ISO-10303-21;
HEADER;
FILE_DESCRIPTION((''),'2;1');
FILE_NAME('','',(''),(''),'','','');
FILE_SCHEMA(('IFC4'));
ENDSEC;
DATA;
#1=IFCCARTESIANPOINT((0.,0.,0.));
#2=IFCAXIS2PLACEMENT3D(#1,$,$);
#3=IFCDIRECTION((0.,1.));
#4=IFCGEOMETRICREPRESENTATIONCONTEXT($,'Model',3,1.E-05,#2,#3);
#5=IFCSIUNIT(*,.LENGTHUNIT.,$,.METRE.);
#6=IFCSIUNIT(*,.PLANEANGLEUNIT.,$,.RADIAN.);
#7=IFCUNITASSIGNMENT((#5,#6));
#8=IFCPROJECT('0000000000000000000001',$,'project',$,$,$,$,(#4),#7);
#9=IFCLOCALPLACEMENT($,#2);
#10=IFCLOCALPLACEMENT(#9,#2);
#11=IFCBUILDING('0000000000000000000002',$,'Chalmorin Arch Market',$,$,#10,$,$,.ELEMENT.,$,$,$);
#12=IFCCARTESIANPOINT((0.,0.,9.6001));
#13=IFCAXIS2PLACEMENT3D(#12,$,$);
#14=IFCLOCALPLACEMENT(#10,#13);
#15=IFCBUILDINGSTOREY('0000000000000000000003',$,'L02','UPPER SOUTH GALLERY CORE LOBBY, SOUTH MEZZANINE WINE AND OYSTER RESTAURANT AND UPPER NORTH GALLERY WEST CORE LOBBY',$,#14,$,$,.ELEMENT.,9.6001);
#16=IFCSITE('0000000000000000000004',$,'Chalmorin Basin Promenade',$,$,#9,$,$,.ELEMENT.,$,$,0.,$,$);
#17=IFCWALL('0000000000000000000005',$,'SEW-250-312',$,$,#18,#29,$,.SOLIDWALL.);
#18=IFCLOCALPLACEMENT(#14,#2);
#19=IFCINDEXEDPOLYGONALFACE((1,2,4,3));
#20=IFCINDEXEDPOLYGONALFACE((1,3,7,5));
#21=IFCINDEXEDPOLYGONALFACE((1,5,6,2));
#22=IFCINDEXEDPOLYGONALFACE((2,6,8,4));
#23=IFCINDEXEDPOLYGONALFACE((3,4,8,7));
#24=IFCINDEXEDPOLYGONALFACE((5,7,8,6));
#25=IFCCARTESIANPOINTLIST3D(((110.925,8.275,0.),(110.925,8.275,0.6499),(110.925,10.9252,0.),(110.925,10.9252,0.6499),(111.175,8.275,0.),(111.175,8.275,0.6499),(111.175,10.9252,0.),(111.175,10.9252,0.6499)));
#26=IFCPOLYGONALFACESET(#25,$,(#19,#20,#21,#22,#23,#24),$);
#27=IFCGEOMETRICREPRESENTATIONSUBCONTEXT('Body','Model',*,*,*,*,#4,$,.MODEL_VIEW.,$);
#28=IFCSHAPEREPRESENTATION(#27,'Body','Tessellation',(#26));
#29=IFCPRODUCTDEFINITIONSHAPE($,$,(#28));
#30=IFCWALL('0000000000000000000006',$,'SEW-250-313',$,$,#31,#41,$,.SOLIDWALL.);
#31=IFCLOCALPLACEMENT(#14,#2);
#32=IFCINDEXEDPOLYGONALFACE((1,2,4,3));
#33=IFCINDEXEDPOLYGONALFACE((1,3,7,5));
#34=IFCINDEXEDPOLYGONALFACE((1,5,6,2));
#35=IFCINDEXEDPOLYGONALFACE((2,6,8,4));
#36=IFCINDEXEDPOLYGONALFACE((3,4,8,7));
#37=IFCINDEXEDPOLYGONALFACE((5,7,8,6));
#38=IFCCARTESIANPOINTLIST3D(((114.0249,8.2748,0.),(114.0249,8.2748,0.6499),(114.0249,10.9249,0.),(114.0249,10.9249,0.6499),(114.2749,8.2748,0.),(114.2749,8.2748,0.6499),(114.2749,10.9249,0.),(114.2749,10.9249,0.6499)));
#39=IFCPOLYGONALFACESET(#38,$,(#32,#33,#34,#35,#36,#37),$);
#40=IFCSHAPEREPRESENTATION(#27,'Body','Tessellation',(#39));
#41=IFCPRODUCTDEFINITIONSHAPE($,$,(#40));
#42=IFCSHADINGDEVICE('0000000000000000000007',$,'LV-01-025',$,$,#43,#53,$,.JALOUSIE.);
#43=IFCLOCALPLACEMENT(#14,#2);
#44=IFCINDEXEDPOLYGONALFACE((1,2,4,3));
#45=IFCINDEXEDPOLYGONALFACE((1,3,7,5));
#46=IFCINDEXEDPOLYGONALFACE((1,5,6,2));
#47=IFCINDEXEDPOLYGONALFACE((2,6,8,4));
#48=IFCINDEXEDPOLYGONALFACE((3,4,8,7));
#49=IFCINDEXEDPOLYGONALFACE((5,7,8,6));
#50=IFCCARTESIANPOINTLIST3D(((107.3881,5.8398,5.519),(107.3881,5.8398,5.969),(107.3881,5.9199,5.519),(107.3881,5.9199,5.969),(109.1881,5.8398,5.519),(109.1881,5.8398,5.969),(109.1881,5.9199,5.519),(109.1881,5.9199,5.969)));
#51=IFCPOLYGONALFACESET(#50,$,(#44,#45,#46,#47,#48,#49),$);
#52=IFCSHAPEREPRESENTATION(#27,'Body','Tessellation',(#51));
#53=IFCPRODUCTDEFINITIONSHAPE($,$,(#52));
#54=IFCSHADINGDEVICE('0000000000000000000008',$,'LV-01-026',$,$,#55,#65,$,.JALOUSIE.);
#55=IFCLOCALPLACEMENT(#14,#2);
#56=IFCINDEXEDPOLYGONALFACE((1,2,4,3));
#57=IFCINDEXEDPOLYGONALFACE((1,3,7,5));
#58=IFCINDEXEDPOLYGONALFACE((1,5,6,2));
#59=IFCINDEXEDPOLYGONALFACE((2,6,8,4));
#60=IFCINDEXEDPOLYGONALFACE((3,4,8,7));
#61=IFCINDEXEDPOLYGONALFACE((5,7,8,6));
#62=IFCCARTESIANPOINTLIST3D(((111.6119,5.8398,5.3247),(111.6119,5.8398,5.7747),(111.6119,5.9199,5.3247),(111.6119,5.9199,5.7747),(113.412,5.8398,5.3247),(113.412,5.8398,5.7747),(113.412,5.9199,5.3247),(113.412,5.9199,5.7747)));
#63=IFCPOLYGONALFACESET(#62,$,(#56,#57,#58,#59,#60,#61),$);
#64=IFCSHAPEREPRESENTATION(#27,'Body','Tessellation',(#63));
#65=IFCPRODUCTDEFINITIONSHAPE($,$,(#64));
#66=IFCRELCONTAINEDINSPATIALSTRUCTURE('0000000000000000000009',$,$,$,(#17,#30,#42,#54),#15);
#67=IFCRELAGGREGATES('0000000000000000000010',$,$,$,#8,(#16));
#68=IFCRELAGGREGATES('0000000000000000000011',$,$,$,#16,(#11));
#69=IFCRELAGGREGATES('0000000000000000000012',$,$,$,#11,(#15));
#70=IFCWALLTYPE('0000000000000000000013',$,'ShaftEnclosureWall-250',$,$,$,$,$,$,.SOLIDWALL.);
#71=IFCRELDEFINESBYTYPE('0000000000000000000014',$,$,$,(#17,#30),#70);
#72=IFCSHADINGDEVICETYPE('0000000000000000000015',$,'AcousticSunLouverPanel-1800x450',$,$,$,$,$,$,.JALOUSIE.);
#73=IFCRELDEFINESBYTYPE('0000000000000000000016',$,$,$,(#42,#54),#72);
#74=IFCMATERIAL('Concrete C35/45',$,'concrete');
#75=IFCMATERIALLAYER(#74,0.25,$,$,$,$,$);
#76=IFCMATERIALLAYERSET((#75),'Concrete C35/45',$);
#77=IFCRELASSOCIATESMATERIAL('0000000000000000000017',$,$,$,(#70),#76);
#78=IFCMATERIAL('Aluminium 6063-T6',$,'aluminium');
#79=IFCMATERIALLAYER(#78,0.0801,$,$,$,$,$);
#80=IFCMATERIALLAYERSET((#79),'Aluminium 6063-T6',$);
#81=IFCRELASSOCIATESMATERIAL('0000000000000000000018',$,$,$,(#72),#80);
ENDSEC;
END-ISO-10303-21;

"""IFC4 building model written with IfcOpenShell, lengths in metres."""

from ifc_helpers import new_model, si_unit, direction, frame, frame_2d, origin, origin_2d, place, context, subcontext, project, spatial, rectangle, extrude, material, layer, layer_set, type_object, element, save


model = new_model("IFC4")

# Units and contexts
model_context = context("Model", 3, precision=1e-05, world=origin(), true_north=direction((0.0, 1.0)))
body_context = subcontext(model_context, "Body", "Model", "MODEL_VIEW")
ifc_project = project(units=[si_unit("LENGTHUNIT", "METRE"), si_unit("PLANEANGLEUNIT", "RADIAN")], contexts=[model_context])

# Site, building, storey
site_placement = place(None, origin())
site = spatial("IfcSite", under=ifc_project, at=site_placement, Name="Chalmorin Basin Promenade", CompositionType="ELEMENT", RefElevation=0.0)
building_placement = place(site_placement, origin())
building = spatial("IfcBuilding", under=site, at=building_placement, Name="Chalmorin Arch Market", CompositionType="ELEMENT")
storey_placement = place(building_placement, frame((0.0, 0.0, 9.6001)))
storey = spatial("IfcBuildingStorey", under=building, at=storey_placement, Name="L02", Description="UPPER SOUTH GALLERY CORE LOBBY, SOUTH MEZZANINE WINE AND OYSTER RESTAURANT AND UPPER NORTH GALLERY WEST CORE LOBBY", CompositionType="ELEMENT", Elevation=9.6001)

# Shared definitions
ifc_material_1 = material(Name="Aluminium 6063-T6", Category="aluminium")

# Walls
ifc_material_2 = material(Name="Concrete C35/45", Category="concrete")
ifc_layer_1 = layer(ifc_material_2, 0.25)
ifc_layer_set_1 = layer_set([ifc_layer_1], Name="Concrete C35/45")
wall_type_1 = type_object("IfcWallType", Name="ShaftEnclosureWall-250", PredefinedType="SOLIDWALL", material=ifc_layer_set_1)
for number, where, z_axis, x_axis, name in (
    (1, (111.05, 8.2749, 0.0), (0.0, 0.0, 1.0), (0.0, 1.0, 0.0), "SEW-250-312"),
    (2, (114.1499, 10.925, 0.0), (0.0, 0.0, 1.0), (0.0, -1.0, 0.0), "SEW-250-313"),
):
    element("IfcWall", number, at=place(storey_placement, frame(where, z_axis=z_axis, x_axis=x_axis)), inside=storey, type_object=wall_type_1, Name=name, PredefinedType="SOLIDWALL", context=body_context, shape_type="SweptSolid", body=[
        extrude(rectangle(XDim=2.6501, YDim=0.25, at=frame_2d((1.3252, 0.0))), origin(), (0.0, 0.0, 1.0), 0.6499),
    ])

# Shading devices
ifc_layer_2 = layer(ifc_material_1, 0.0801)
ifc_layer_set_2 = layer_set([ifc_layer_2], Name="Aluminium 6063-T6")
shading_device_type = type_object("IfcShadingDeviceType", Name="AcousticSunLouverPanel-1800x450", PredefinedType="JALOUSIE", material=ifc_layer_set_2)
for number, where, z_axis, x_axis, name in (
    (3, (108.2881, 5.8799, 5.519), (0.0, 0.0, 1.0), (1.0, 0.0, 0.0), "LV-01-025"),
    (4, (112.512, 5.8799, 5.3247), (0.0, 0.0, 1.0), (1.0, 0.0, 0.0), "LV-01-026"),
):
    element("IfcShadingDevice", number, at=place(storey_placement, frame(where, z_axis=z_axis, x_axis=x_axis)), inside=storey, type_object=shading_device_type, Name=name, PredefinedType="JALOUSIE", context=body_context, shape_type="SweptSolid", body=[
        extrude(rectangle(XDim=1.8, YDim=0.0801, at=origin_2d()), origin(), (0.0, 0.0, 1.0), 0.45),
    ])

save(model, "model.ifc")
